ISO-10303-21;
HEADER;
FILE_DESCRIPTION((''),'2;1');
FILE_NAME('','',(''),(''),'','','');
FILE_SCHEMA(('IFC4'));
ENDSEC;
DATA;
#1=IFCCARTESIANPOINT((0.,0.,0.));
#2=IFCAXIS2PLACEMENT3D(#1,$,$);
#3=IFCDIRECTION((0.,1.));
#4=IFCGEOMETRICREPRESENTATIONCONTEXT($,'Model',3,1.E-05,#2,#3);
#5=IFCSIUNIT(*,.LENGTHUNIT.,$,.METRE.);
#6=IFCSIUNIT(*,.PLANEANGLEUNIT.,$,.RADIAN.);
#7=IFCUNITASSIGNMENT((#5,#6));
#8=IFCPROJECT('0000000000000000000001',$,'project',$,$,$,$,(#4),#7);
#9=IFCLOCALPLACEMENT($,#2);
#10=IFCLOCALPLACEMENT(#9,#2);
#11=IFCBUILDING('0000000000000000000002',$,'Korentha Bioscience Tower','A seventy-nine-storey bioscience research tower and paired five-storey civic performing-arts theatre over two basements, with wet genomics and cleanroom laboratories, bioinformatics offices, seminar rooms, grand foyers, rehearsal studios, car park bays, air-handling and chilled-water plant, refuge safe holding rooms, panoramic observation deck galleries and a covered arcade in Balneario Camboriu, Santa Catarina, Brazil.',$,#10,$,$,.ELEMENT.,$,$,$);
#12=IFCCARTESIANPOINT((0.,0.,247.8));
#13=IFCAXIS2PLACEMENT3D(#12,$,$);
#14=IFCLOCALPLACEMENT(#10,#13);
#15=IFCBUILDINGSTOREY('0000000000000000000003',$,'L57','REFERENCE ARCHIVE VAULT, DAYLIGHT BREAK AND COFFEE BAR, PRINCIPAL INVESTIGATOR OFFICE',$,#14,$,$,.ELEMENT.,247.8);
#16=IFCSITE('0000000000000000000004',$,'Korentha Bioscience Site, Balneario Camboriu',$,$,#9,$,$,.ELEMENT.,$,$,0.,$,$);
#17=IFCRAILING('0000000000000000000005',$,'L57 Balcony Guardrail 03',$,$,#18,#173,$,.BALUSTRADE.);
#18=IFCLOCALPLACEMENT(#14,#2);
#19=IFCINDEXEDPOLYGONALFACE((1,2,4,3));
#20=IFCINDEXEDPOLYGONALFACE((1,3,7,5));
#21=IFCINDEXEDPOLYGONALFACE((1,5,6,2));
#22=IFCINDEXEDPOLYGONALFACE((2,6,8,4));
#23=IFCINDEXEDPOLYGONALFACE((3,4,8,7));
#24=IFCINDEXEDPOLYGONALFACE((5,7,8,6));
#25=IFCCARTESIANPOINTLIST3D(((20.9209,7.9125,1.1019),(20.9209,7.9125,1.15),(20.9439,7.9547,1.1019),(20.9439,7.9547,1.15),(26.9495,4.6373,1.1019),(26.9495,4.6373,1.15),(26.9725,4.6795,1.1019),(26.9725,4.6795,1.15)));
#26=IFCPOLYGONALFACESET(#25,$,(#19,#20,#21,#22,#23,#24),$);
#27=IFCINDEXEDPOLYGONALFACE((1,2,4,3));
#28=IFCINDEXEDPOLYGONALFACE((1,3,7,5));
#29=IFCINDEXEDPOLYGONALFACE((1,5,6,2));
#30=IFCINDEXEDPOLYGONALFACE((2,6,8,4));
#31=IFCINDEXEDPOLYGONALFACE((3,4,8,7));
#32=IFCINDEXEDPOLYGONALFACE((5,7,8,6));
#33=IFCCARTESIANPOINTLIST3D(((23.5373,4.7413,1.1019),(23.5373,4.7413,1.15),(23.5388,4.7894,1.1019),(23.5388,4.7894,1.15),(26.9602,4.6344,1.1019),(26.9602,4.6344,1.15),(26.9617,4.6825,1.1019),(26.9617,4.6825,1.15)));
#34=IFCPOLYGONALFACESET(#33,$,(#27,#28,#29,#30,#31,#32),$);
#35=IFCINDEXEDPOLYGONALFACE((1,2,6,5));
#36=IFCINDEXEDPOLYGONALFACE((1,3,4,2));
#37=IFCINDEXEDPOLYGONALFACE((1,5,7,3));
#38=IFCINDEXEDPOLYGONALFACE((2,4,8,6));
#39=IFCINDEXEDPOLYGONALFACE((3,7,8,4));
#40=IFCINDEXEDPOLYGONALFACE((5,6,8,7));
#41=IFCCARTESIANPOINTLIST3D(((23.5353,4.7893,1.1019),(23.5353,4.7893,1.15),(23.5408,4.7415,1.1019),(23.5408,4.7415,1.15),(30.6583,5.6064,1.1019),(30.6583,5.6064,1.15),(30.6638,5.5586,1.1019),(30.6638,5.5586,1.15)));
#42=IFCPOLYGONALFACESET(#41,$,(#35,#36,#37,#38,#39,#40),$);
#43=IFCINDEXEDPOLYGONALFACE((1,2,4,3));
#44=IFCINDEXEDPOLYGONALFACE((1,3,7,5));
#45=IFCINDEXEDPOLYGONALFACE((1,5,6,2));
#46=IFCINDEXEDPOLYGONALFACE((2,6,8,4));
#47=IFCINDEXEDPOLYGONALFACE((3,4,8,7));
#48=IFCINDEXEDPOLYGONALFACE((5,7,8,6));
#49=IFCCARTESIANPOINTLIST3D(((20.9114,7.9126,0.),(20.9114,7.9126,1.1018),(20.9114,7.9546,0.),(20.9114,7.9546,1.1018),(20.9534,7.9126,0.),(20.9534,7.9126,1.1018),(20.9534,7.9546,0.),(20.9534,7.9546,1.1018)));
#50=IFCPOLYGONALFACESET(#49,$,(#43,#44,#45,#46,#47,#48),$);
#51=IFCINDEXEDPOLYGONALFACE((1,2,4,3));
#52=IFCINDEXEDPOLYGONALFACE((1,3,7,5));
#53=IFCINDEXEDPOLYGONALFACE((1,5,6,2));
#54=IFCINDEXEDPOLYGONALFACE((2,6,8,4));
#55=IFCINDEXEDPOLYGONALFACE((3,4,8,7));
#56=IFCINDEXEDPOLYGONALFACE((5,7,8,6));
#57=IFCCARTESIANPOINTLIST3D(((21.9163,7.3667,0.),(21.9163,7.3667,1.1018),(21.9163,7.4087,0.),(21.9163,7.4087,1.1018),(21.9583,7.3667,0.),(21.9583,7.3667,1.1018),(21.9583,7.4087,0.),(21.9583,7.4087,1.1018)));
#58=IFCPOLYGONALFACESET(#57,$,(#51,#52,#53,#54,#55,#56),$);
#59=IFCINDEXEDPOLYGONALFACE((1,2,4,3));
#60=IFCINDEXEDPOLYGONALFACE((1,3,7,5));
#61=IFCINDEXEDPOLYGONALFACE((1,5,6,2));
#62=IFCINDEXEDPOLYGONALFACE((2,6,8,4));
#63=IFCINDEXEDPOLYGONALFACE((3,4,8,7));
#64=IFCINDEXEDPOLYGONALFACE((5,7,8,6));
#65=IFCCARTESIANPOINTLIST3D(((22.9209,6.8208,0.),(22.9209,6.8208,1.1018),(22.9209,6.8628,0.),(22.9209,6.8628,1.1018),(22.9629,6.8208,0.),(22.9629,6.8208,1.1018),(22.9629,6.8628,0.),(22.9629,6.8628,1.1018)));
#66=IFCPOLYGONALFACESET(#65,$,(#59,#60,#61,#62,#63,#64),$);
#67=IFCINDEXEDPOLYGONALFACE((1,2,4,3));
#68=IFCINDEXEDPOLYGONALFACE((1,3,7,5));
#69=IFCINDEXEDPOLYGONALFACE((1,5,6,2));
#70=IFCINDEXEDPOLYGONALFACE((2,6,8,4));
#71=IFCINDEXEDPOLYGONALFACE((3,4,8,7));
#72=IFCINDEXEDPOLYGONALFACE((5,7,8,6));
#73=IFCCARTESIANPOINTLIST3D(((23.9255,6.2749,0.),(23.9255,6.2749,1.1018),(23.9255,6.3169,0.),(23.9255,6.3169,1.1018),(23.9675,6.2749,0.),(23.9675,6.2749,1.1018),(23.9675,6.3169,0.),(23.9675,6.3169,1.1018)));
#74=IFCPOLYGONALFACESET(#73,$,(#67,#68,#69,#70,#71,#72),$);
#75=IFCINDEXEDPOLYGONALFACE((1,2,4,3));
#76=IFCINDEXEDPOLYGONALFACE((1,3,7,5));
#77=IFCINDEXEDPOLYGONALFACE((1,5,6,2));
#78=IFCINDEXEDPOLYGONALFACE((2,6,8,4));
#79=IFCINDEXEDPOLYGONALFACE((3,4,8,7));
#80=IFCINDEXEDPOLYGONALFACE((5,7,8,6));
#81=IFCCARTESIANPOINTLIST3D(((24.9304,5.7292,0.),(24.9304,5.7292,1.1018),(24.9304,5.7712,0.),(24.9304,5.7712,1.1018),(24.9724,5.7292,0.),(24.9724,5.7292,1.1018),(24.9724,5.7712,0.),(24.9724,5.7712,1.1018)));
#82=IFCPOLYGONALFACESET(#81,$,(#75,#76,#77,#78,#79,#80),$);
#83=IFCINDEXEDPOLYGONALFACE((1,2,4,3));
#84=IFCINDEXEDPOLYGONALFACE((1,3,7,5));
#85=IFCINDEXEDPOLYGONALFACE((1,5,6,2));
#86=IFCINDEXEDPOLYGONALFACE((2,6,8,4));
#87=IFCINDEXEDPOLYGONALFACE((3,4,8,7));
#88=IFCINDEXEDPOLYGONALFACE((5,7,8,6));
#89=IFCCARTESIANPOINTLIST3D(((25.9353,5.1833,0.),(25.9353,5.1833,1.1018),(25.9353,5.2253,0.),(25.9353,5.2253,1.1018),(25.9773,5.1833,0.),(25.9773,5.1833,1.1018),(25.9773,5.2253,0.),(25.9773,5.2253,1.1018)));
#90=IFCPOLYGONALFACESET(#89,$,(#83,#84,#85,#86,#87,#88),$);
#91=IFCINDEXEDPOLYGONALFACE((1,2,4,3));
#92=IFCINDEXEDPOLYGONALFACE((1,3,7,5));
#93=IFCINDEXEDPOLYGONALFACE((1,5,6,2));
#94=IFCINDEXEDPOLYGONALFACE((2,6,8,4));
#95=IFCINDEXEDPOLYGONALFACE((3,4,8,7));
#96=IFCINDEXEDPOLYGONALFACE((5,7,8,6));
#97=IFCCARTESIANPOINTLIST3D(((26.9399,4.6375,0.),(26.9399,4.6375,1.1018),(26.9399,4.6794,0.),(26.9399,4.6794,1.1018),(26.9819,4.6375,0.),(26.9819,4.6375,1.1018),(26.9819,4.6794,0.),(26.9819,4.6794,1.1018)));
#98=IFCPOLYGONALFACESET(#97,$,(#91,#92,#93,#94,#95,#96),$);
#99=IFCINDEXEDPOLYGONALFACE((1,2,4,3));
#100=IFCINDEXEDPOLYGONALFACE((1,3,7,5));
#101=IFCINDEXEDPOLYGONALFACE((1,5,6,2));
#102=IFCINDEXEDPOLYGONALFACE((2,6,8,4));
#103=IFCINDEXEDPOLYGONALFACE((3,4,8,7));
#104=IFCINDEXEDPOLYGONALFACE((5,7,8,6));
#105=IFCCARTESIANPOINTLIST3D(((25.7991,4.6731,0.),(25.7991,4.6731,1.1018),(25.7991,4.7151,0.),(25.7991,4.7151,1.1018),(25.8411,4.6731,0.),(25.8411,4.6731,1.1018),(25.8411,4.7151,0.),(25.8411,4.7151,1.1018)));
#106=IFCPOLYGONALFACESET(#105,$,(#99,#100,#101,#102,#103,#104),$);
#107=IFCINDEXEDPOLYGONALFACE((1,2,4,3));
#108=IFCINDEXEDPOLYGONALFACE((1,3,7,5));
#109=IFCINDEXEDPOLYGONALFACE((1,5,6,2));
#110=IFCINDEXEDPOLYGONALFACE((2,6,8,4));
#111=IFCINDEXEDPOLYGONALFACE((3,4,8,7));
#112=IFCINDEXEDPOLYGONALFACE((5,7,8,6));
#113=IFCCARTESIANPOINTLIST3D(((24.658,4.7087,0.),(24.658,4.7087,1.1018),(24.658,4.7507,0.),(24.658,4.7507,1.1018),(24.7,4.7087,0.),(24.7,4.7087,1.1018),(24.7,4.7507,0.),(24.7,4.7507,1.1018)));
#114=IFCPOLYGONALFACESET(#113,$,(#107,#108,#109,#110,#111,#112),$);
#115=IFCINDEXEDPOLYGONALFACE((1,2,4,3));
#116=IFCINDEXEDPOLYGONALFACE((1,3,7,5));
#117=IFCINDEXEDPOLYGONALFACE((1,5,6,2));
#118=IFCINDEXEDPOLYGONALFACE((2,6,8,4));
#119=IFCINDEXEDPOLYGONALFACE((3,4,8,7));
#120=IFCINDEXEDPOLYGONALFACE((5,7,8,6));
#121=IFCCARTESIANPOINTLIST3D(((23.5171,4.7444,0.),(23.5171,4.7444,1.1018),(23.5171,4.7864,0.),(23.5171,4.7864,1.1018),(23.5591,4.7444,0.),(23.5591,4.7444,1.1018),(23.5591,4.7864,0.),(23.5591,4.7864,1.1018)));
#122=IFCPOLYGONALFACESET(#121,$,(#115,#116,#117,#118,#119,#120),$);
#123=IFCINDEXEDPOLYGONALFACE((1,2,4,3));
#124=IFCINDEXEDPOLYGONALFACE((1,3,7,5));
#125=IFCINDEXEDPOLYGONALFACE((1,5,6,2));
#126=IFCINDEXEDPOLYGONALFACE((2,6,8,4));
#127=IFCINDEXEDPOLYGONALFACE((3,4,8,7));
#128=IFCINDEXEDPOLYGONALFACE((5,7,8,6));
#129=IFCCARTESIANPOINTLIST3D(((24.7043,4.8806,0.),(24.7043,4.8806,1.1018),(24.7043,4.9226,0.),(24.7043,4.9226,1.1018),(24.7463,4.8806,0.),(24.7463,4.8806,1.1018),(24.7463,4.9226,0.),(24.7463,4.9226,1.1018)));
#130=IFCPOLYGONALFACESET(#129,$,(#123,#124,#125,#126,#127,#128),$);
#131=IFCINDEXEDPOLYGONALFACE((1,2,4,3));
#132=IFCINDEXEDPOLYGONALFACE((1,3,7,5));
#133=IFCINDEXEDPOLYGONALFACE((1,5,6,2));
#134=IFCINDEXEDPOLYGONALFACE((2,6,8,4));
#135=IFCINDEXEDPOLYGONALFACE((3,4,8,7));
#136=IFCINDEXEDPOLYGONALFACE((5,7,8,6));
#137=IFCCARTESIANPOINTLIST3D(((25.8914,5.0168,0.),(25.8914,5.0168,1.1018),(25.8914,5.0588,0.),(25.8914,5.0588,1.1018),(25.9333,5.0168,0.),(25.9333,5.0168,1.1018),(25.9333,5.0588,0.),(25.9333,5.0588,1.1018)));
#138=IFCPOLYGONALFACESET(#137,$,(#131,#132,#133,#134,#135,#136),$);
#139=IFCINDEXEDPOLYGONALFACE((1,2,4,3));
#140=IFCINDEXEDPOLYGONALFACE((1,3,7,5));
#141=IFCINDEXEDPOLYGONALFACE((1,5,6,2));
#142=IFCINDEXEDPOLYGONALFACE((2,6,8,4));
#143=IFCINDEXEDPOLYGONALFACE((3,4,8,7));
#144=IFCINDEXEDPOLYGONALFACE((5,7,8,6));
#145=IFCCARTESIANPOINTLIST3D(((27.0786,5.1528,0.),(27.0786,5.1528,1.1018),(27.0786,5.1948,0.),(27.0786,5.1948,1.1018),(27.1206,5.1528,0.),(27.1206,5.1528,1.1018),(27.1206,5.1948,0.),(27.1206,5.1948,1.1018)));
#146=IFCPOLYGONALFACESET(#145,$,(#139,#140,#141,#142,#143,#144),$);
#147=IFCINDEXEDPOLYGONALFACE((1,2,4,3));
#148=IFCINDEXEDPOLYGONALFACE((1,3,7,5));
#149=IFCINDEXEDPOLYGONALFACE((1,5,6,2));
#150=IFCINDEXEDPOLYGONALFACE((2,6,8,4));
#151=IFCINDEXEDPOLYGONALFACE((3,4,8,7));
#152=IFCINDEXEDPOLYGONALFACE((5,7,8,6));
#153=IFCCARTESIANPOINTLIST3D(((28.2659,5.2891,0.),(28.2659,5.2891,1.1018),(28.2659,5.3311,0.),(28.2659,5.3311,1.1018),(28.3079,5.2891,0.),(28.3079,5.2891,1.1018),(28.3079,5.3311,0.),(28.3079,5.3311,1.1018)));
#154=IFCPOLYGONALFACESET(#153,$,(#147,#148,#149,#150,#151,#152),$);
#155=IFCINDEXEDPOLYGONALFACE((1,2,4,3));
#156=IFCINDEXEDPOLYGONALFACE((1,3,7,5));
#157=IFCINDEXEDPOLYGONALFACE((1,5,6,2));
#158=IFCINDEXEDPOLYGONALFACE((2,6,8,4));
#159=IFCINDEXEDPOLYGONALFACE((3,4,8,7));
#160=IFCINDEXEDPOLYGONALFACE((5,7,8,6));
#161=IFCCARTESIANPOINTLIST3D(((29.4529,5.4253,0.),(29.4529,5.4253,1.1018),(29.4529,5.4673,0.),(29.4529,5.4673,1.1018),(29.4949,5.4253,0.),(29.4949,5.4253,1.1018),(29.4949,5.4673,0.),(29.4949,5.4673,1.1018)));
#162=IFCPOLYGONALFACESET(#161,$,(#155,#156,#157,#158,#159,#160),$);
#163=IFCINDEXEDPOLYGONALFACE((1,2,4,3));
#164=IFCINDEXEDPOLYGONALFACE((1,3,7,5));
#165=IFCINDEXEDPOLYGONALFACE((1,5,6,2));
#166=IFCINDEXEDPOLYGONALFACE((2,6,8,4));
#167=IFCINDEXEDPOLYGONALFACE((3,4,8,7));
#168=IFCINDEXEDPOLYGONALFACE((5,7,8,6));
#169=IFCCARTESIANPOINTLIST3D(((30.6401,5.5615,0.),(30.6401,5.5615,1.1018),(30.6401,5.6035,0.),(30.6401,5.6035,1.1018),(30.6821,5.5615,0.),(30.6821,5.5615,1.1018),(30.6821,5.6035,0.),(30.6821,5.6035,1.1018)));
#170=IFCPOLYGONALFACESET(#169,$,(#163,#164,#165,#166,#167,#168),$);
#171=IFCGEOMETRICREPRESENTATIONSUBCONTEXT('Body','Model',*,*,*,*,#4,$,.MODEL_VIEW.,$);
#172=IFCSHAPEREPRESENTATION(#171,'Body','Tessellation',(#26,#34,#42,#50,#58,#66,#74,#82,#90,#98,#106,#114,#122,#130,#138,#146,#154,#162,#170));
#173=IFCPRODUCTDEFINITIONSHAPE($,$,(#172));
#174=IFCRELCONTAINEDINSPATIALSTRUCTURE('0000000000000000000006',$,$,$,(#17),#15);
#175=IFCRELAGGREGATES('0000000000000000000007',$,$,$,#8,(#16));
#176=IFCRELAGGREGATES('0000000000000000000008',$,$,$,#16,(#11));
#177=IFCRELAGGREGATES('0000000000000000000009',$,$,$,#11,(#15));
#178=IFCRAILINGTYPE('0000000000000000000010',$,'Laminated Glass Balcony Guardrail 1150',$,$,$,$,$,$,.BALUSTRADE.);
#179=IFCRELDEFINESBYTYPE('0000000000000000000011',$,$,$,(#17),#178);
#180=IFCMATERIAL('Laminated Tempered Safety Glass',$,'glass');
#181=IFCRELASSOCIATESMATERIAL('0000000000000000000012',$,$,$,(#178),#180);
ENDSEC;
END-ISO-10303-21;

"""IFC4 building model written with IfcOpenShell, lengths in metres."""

from ifc_helpers import new_model, si_unit, direction, frame, origin, origin_2d, place, context, subcontext, project, spatial, rectangle, extrude, material, type_object, element, save


model = new_model("IFC4")

# Units and contexts
model_context = context("Model", 3, precision=1e-05, world=origin(), true_north=direction((0.0, 1.0)))
body_context = subcontext(model_context, "Body", "Model", "MODEL_VIEW")
ifc_project = project(units=[si_unit("LENGTHUNIT", "METRE"), si_unit("PLANEANGLEUNIT", "RADIAN")], contexts=[model_context])

# Site, building, storey
site_placement = place(None, origin())
site = spatial("IfcSite", under=ifc_project, at=site_placement, Name="Korentha Bioscience Site, Balneario Camboriu", CompositionType="ELEMENT", RefElevation=0.0)
building_placement = place(site_placement, origin())
building = spatial("IfcBuilding", under=site, at=building_placement, Name="Korentha Bioscience Tower", Description="A seventy-nine-storey bioscience research tower and paired five-storey civic performing-arts theatre over two basements, with wet genomics and cleanroom laboratories, bioinformatics offices, seminar rooms, grand foyers, rehearsal studios, car park bays, air-handling and chilled-water plant, refuge safe holding rooms, panoramic observation deck galleries and a covered arcade in Balneario Camboriu, Santa Catarina, Brazil.", CompositionType="ELEMENT")
storey_placement = place(building_placement, frame((0.0, 0.0, 247.8)))
storey = spatial("IfcBuildingStorey", under=building, at=storey_placement, Name="L57", Description="REFERENCE ARCHIVE VAULT, DAYLIGHT BREAK AND COFFEE BAR, PRINCIPAL INVESTIGATOR OFFICE", CompositionType="ELEMENT", Elevation=247.8)

# Railing
ifc_material_1 = material(Name="Laminated Tempered Safety Glass", Category="glass")
railing_type = type_object("IfcRailingType", Name="Laminated Glass Balcony Guardrail 1150", PredefinedType="BALUSTRADE", material=ifc_material_1)
railing_placement = place(storey_placement, frame((20.9324, 7.9336, 0.0)))
element("IfcRailing", 1, at=railing_placement, inside=storey, type_object=railing_type, Name="L57 Balcony Guardrail 03", PredefinedType="BALUSTRADE", context=body_context, shape_type="SweptSolid", body=[
    extrude(rectangle(XDim=0.0481, YDim=0.0481, at=origin_2d()), frame((0.0, 0.0, 1.126), z_axis=(0.878701, -0.477373, 0.0), x_axis=(0.477373, 0.878701, 0.0)), (0.0, 0.0, 1.0), 6.8608),
    extrude(rectangle(XDim=0.0481, YDim=0.0481, at=origin_2d()), frame((6.0286, -3.2751, 1.126), z_axis=(-0.999512, 0.031226, 0.0), x_axis=(-0.031226, -0.999512, 0.0)), (0.0, 0.0, 1.0), 3.4246),
    extrude(rectangle(XDim=0.0481, YDim=0.0481, at=origin_2d()), frame((2.6057, -3.1682, 1.126), z_axis=(0.993484, 0.11397, 0.0), x_axis=(-0.11397, 0.993484, 0.0)), (0.0, 0.0, 1.0), 7.1697),
    extrude(rectangle(XDim=0.042, YDim=0.042, at=origin_2d()), origin(), (0.0, 0.0, 1.0), 1.1018),
    extrude(rectangle(XDim=0.042, YDim=0.042, at=origin_2d()), frame((1.0049, -0.5459, 0.0)), (0.0, 0.0, 1.0), 1.1018),
    extrude(rectangle(XDim=0.042, YDim=0.042, at=origin_2d()), frame((2.0095, -1.0918, 0.0)), (0.0, 0.0, 1.0), 1.1018),
    extrude(rectangle(XDim=0.042, YDim=0.042, at=origin_2d()), frame((3.0142, -1.6377, 0.0)), (0.0, 0.0, 1.0), 1.1018),
    extrude(rectangle(XDim=0.042, YDim=0.042, at=origin_2d()), frame((4.019, -2.1833, 0.0)), (0.0, 0.0, 1.0), 1.1018),
    extrude(rectangle(XDim=0.042, YDim=0.042, at=origin_2d()), frame((5.0239, -2.7292, 0.0)), (0.0, 0.0, 1.0), 1.1018),
    extrude(rectangle(XDim=0.042, YDim=0.042, at=origin_2d()), frame((6.0286, -3.2751, 0.0)), (0.0, 0.0, 1.0), 1.1018),
    extrude(rectangle(XDim=0.042, YDim=0.042, at=origin_2d()), frame((4.8877, -3.2395, 0.0)), (0.0, 0.0, 1.0), 1.1018),
    extrude(rectangle(XDim=0.042, YDim=0.042, at=origin_2d()), frame((3.7466, -3.2039, 0.0)), (0.0, 0.0, 1.0), 1.1018),
    extrude(rectangle(XDim=0.042, YDim=0.042, at=origin_2d()), frame((2.6057, -3.1682, 0.0)), (0.0, 0.0, 1.0), 1.1018),
    extrude(rectangle(XDim=0.042, YDim=0.042, at=origin_2d()), frame((3.793, -3.032, 0.0)), (0.0, 0.0, 1.0), 1.1018),
    extrude(rectangle(XDim=0.042, YDim=0.042, at=origin_2d()), frame((4.98, -2.8958, 0.0)), (0.0, 0.0, 1.0), 1.1018),
    extrude(rectangle(XDim=0.042, YDim=0.042, at=origin_2d()), frame((6.1672, -2.7598, 0.0)), (0.0, 0.0, 1.0), 1.1018),
    extrude(rectangle(XDim=0.042, YDim=0.042, at=origin_2d()), frame((7.3545, -2.6235, 0.0)), (0.0, 0.0, 1.0), 1.1018),
    extrude(rectangle(XDim=0.042, YDim=0.042, at=origin_2d()), frame((8.5415, -2.4873, 0.0)), (0.0, 0.0, 1.0), 1.1018),
    extrude(rectangle(XDim=0.042, YDim=0.042, at=origin_2d()), frame((9.7288, -2.3511, 0.0)), (0.0, 0.0, 1.0), 1.1018),
])

save(model, "model.ifc")
